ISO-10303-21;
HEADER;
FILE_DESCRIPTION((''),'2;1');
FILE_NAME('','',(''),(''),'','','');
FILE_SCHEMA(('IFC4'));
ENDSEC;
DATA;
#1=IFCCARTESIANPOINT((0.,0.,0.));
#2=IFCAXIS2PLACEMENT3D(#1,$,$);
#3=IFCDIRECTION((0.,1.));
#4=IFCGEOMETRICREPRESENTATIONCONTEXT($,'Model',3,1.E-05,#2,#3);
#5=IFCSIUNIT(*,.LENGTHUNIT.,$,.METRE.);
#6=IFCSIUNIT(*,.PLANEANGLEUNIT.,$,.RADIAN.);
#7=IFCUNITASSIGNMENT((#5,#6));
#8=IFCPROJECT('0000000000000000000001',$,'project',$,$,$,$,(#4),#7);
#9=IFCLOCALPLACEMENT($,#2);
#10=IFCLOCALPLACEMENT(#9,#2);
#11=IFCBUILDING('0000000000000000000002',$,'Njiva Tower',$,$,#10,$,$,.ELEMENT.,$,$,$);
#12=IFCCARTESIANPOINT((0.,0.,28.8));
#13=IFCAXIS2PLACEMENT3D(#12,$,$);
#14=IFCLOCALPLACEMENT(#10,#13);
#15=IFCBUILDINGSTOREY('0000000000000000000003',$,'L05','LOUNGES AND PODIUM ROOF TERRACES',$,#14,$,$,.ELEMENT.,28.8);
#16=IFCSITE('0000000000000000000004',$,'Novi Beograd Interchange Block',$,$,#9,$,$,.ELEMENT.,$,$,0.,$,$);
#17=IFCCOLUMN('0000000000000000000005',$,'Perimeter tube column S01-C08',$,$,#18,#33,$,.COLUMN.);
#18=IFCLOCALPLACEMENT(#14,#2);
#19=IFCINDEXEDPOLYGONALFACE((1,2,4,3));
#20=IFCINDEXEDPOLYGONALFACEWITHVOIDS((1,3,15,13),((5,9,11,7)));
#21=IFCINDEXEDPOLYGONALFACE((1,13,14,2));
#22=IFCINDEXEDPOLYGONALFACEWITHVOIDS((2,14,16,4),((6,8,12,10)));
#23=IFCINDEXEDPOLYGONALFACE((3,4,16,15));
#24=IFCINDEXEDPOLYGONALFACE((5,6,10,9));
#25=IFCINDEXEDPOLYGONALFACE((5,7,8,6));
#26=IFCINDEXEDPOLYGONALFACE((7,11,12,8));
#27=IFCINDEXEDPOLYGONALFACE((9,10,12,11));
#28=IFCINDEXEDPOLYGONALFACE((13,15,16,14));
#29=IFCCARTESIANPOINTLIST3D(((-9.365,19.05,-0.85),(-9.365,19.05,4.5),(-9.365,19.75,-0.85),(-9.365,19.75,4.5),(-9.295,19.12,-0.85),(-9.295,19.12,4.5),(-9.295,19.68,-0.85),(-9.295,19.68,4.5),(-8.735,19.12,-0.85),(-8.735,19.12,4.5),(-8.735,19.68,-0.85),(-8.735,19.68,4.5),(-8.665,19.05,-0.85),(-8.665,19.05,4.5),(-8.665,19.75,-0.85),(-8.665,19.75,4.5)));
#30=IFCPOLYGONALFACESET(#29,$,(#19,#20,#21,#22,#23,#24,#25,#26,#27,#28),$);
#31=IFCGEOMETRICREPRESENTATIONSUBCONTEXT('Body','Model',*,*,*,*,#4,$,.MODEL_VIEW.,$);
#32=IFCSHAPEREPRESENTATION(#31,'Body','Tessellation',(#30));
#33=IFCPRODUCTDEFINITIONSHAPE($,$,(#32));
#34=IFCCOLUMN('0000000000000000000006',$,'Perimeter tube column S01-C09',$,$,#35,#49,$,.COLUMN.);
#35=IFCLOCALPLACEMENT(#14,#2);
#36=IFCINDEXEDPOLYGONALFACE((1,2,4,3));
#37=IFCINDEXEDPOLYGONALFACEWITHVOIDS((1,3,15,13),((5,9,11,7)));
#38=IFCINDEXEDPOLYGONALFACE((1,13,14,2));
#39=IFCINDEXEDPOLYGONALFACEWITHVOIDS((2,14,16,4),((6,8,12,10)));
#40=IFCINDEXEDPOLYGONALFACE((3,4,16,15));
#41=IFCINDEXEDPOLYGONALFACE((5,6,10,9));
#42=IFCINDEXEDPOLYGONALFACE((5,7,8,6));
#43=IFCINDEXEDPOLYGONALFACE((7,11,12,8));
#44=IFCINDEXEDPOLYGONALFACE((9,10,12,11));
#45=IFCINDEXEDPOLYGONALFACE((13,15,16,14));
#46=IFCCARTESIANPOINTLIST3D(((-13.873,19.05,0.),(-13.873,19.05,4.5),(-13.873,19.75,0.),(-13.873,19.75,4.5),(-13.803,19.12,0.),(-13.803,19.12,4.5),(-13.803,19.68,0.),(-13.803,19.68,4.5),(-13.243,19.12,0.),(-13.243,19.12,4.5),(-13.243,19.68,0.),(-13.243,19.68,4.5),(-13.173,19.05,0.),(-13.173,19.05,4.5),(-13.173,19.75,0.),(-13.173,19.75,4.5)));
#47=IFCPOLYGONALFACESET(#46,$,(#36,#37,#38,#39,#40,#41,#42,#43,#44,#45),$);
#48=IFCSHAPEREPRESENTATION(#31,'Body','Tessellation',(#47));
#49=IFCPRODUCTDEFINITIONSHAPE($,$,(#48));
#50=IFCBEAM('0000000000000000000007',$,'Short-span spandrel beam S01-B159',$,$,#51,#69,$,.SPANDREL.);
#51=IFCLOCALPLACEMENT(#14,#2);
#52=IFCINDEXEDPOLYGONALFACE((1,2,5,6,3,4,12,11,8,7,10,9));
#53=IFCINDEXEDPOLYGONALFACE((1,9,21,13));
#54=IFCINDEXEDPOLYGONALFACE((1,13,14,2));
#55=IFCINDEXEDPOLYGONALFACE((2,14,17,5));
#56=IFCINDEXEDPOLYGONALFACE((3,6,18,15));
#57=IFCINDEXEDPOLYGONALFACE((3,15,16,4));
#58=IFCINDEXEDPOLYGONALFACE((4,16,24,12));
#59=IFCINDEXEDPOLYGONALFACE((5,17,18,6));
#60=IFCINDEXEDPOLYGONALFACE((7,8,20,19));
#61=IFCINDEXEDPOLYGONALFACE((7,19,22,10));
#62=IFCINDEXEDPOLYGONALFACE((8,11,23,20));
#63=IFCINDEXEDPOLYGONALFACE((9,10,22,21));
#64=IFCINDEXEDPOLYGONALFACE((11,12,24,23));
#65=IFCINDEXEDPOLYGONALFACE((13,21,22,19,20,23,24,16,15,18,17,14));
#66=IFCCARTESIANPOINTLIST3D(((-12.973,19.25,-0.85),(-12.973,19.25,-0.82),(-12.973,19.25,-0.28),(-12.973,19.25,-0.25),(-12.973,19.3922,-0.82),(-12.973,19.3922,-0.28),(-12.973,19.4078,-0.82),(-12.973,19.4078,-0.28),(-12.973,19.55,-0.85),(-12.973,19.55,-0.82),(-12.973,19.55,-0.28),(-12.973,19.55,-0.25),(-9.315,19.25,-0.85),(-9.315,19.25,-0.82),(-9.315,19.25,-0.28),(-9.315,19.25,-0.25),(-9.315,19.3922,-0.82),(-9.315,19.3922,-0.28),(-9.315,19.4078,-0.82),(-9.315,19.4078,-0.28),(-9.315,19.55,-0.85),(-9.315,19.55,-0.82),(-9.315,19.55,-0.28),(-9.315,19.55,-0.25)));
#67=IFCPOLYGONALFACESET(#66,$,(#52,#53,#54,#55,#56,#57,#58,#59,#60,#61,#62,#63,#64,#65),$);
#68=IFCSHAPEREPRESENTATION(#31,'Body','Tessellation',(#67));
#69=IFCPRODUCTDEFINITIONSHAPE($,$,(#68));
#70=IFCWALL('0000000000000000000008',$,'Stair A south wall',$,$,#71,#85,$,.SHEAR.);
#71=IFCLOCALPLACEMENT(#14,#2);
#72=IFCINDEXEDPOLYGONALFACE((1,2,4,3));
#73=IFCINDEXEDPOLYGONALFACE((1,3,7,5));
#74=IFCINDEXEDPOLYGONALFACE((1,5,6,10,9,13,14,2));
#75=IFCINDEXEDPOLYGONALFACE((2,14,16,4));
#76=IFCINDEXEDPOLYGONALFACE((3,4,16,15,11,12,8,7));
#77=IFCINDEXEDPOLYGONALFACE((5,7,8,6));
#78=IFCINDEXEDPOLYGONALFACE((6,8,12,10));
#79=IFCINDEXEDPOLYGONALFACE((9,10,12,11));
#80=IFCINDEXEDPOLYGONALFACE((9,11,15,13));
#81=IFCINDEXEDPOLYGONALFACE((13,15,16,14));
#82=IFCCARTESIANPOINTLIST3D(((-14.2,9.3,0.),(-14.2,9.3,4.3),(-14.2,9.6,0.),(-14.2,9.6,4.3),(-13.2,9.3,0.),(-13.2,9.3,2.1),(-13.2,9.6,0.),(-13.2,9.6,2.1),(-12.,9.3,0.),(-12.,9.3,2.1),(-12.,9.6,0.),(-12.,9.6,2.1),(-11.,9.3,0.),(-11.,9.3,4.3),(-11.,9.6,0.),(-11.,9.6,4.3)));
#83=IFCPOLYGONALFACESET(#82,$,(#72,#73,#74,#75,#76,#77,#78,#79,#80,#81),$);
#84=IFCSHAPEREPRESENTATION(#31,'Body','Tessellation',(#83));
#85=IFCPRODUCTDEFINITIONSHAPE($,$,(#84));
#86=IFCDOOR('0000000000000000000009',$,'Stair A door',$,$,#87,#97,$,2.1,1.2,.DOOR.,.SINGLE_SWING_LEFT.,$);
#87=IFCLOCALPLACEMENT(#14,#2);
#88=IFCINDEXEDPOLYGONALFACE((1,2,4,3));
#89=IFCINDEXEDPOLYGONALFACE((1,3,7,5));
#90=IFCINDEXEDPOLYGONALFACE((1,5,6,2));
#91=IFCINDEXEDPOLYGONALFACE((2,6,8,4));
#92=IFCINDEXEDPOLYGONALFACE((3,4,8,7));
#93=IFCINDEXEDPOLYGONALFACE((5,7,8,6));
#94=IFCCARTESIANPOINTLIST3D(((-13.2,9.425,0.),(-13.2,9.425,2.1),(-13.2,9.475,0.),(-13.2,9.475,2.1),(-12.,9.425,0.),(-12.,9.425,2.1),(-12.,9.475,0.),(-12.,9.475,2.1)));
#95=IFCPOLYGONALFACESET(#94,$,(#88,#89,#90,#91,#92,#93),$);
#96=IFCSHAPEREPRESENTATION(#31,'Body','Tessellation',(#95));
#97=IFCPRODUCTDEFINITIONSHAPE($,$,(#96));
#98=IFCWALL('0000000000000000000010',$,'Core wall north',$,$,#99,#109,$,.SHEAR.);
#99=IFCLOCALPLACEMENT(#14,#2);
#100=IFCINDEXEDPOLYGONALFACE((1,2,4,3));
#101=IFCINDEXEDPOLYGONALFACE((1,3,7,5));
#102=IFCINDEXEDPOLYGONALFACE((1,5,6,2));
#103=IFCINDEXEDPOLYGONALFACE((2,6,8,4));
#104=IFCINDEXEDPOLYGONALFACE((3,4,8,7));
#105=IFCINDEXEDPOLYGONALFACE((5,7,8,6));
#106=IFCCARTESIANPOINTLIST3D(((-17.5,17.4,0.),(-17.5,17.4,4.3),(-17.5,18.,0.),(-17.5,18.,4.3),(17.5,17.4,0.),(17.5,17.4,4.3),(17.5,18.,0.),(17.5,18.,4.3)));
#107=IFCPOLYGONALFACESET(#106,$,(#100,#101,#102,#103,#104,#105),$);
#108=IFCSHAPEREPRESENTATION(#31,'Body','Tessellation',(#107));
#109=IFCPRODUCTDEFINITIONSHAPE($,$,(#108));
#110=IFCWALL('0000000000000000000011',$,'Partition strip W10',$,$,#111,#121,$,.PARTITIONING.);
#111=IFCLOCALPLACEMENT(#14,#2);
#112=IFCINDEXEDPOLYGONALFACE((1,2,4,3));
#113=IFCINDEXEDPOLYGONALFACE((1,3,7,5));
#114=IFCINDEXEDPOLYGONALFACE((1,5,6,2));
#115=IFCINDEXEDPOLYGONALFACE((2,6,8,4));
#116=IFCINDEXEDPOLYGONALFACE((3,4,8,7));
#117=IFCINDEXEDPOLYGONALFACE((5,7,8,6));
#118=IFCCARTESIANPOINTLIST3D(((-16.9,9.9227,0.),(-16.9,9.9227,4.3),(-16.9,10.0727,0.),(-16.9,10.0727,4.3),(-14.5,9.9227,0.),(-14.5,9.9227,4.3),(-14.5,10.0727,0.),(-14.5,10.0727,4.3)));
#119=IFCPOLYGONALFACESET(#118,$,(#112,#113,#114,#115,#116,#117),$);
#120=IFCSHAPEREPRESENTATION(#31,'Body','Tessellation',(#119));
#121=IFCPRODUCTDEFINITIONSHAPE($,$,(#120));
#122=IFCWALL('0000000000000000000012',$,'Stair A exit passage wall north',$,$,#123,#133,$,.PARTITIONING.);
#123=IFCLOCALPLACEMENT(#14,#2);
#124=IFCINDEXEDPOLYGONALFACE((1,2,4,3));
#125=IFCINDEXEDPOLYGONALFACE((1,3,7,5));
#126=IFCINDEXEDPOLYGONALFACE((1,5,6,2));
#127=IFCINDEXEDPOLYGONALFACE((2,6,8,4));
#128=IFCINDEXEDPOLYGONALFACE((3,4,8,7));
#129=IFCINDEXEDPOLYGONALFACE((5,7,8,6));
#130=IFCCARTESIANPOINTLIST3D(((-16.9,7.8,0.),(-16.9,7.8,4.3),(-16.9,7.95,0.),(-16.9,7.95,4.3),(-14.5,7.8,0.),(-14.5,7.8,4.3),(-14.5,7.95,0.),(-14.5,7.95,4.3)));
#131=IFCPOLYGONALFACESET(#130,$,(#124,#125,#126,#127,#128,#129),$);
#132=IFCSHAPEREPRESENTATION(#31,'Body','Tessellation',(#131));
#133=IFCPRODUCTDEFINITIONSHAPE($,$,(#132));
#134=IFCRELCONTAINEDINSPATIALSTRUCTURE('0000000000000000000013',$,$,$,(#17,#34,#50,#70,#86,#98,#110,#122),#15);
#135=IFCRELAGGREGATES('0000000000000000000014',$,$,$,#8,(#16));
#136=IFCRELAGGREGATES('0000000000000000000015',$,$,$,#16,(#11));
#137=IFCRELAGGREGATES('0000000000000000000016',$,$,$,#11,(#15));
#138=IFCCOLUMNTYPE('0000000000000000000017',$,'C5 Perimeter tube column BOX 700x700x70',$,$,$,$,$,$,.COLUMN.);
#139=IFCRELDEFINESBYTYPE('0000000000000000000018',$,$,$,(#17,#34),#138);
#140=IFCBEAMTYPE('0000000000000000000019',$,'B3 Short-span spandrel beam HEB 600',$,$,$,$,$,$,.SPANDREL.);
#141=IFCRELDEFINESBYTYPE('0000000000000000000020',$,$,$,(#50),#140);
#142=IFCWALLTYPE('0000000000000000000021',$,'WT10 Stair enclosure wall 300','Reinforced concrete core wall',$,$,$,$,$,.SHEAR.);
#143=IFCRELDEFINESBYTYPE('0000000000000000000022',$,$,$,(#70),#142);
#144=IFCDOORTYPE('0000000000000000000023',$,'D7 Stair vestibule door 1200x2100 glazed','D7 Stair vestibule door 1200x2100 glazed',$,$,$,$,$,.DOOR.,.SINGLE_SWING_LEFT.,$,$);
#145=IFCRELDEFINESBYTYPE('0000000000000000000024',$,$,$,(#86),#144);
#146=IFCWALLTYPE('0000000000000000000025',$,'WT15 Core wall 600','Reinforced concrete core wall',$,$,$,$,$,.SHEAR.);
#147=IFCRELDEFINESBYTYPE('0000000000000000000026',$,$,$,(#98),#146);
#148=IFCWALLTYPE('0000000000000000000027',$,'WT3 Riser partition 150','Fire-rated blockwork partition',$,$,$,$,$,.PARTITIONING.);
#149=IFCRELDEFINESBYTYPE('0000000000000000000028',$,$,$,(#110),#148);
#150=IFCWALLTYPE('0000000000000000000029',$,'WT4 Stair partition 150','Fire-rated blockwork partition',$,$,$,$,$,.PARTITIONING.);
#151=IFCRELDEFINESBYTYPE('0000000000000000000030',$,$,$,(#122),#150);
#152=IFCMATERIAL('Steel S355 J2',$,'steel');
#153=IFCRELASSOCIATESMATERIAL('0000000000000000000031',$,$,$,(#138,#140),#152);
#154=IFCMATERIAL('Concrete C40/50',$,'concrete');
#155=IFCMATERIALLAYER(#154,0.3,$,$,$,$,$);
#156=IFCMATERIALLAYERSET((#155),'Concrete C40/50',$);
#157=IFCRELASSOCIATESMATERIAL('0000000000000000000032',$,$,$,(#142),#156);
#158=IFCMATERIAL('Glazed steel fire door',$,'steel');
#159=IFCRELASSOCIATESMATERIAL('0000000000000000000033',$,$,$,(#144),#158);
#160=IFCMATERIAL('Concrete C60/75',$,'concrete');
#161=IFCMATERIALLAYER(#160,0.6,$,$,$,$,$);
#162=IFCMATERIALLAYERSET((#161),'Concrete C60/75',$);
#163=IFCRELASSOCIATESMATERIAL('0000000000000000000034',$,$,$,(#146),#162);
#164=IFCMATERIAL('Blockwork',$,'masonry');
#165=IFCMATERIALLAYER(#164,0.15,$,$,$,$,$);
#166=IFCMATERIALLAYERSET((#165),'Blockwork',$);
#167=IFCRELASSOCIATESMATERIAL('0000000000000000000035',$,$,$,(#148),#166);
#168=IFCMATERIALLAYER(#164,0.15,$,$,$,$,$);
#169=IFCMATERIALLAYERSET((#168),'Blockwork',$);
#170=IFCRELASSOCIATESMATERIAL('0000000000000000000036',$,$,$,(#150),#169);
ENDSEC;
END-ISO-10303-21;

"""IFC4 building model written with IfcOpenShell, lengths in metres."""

from ifc_helpers import new_model, si_unit, direction, frame, frame_2d, origin, origin_2d, place, context, subcontext, project, spatial, rectangle, hollow_rectangle, i_section, extrude, material, layer, layer_set, material_profile, profile_set, type_object, element, fill, save


model = new_model("IFC4")

# Units and contexts
model_context = context("Model", 3, precision=1e-05, world=origin(), true_north=direction((0.0, 1.0)))
body_context = subcontext(model_context, "Body", "Model", "MODEL_VIEW")
ifc_project = project(units=[si_unit("LENGTHUNIT", "METRE"), si_unit("PLANEANGLEUNIT", "RADIAN")], contexts=[model_context])

# Site, building, storey
site_placement = place(None, origin())
site = spatial("IfcSite", under=ifc_project, at=site_placement, Name="Novi Beograd Interchange Block", CompositionType="ELEMENT", RefElevation=0.0)
building_placement = place(site_placement, origin())
building = spatial("IfcBuilding", under=site, at=building_placement, Name="Njiva Tower", CompositionType="ELEMENT")
storey_placement = place(building_placement, frame((0.0, 0.0, 28.8)))
storey = spatial("IfcBuildingStorey", under=building, at=storey_placement, Name="L05", Description="LOUNGES AND PODIUM ROOF TERRACES", CompositionType="ELEMENT", Elevation=28.8)

# Columns
ifc_material_1 = material(Name="Steel S355 J2", Category="steel")
ifc_material_profile_1 = material_profile(ifc_material_1, hollow_rectangle(XDim=0.7, YDim=0.7, WallThickness=0.07, at=origin_2d()), Name="BOX 700x700x70")
ifc_profile_set_1 = profile_set([ifc_material_profile_1], Name="Steel S355 J2")
column_type = type_object("IfcColumnType", Name="C5 Perimeter tube column BOX 700x700x70", PredefinedType="COLUMN", material=ifc_profile_set_1)
column_1_placement = place(storey_placement, frame((-9.015, 19.4, -0.85), z_axis=(0.0, 0.0, 1.0), x_axis=(-1.0, 0.0, 0.0)))
element("IfcColumn", 1, at=column_1_placement, inside=storey, type_object=column_type, Name="Perimeter tube column S01-C08", PredefinedType="COLUMN", context=body_context, shape_type="SweptSolid", body=[
    extrude(hollow_rectangle(XDim=0.7, YDim=0.7, WallThickness=0.07, at=origin_2d()), origin(), (0.0, 0.0, 1.0), 5.35),
])
column_2_placement = place(storey_placement, frame((-13.523, 19.4, 0.0), z_axis=(0.0, 0.0, 1.0), x_axis=(-1.0, 0.0, 0.0)))
element("IfcColumn", 2, at=column_2_placement, inside=storey, type_object=column_type, Name="Perimeter tube column S01-C09", PredefinedType="COLUMN", context=body_context, shape_type="SweptSolid", body=[
    extrude(hollow_rectangle(XDim=0.7, YDim=0.7, WallThickness=0.07, at=origin_2d()), origin(), (0.0, 0.0, 1.0), 4.5),
])

# Beam
ifc_material_profile_2 = material_profile(ifc_material_1, i_section(OverallWidth=0.3, OverallDepth=0.6, WebThickness=0.0155, FlangeThickness=0.03, at=origin_2d()), Name="HEB 600")
ifc_profile_set_2 = profile_set([ifc_material_profile_2], Name="Steel S355 J2")
beam_type = type_object("IfcBeamType", Name="B3 Short-span spandrel beam HEB 600", PredefinedType="SPANDREL", material=ifc_profile_set_2)
beam_placement = place(storey_placement, frame((-12.973, 19.4, -0.55), z_axis=(1.0, 0.0, 0.0), x_axis=(0.0, 1.0, 0.0)))
element("IfcBeam", 3, at=beam_placement, inside=storey, type_object=beam_type, Name="Short-span spandrel beam S01-B159", PredefinedType="SPANDREL", context=body_context, shape_type="SweptSolid", body=[
    extrude(i_section(OverallWidth=0.3, OverallDepth=0.6, WebThickness=0.0155, FlangeThickness=0.03, at=origin_2d()), origin(), (0.0, 0.0, 1.0), 3.658),
])

# Wall, opening, door
ifc_material_2 = material(Name="Concrete C40/50", Category="concrete")
ifc_layer_1 = layer(ifc_material_2, 0.3)
ifc_layer_set_1 = layer_set([ifc_layer_1], Name="Concrete C40/50")
wall_type_1 = type_object("IfcWallType", Name="WT10 Stair enclosure wall 300", Description="Reinforced concrete core wall", PredefinedType="SHEAR", material=ifc_layer_set_1)
wall_1_placement = place(storey_placement, frame((-14.2, 9.45, 0.0), z_axis=(0.0, 0.0, 1.0), x_axis=(1.0, 0.0, 0.0)))
wall_1 = element("IfcWall", 4, at=wall_1_placement, inside=storey, type_object=wall_type_1, Name="Stair A south wall", PredefinedType="SHEAR", context=body_context, shape_type="SweptSolid", body=[
    extrude(rectangle(XDim=3.2, YDim=0.3, at=frame_2d((1.6, 0.0))), origin(), (0.0, 0.0, 1.0), 4.3),
])
opening_1_placement = place(wall_1_placement, frame((1.0, 0.0, 0.0)))
opening_1 = element("IfcOpeningElement", 5, at=opening_1_placement, cuts=wall_1, PredefinedType="OPENING", context=body_context, shape_type="SweptSolid", body=[
    extrude(rectangle(XDim=1.2, YDim=2.1, at=frame_2d((0.6, 1.05))), frame((0.0, 0.16, 0.0), z_axis=(0.0, -1.0, 0.0), x_axis=(1.0, 0.0, 0.0)), (0.0, 0.0, 1.0), 0.32),
])
ifc_material_3 = material(Name="Glazed steel fire door", Category="steel")
door_type_1 = type_object("IfcDoorType", Name="D7 Stair vestibule door 1200x2100 glazed", Description="D7 Stair vestibule door 1200x2100 glazed", OperationType="SINGLE_SWING_LEFT", PredefinedType="DOOR", material=ifc_material_3)
door_1_placement = place(opening_1_placement, origin())
door_1 = element("IfcDoor", 6, at=door_1_placement, inside=storey, type_object=door_type_1, Name="Stair A door", OperationType="SINGLE_SWING_LEFT", OverallHeight=2.1, OverallWidth=1.2, PredefinedType="DOOR", context=body_context, shape_type="SweptSolid", body=[
    extrude(rectangle(XDim=1.2, YDim=2.1, at=frame_2d((0.6, 1.05))), frame((0.0, 0.025, 0.0), z_axis=(0.0, -1.0, 0.0), x_axis=(1.0, 0.0, 0.0)), (0.0, 0.0, 1.0), 0.05),
])
fill(opening_1, door_1)

# Walls
ifc_material_4 = material(Name="Concrete C60/75", Category="concrete")
ifc_layer_2 = layer(ifc_material_4, 0.6)
ifc_layer_set_2 = layer_set([ifc_layer_2], Name="Concrete C60/75")
wall_type_2 = type_object("IfcWallType", Name="WT15 Core wall 600", Description="Reinforced concrete core wall", PredefinedType="SHEAR", material=ifc_layer_set_2)
wall_2_placement = place(storey_placement, frame((-17.5, 17.7, 0.0), z_axis=(0.0, 0.0, 1.0), x_axis=(1.0, 0.0, 0.0)))
element("IfcWall", 7, at=wall_2_placement, inside=storey, type_object=wall_type_2, Name="Core wall north", PredefinedType="SHEAR", context=body_context, shape_type="SweptSolid", body=[
    extrude(rectangle(XDim=35.0, YDim=0.6, at=frame_2d((17.5, 0.0))), origin(), (0.0, 0.0, 1.0), 4.3),
])
ifc_material_5 = material(Name="Blockwork", Category="masonry")
ifc_layer_3 = layer(ifc_material_5, 0.15)
ifc_layer_set_3 = layer_set([ifc_layer_3], Name="Blockwork")
wall_type_3 = type_object("IfcWallType", Name="WT3 Riser partition 150", Description="Fire-rated blockwork partition", PredefinedType="PARTITIONING", material=ifc_layer_set_3)
wall_3_placement = place(storey_placement, frame((-16.9, 9.9977, 0.0), z_axis=(0.0, 0.0, 1.0), x_axis=(1.0, 0.0, 0.0)))
element("IfcWall", 8, at=wall_3_placement, inside=storey, type_object=wall_type_3, Name="Partition strip W10", PredefinedType="PARTITIONING", context=body_context, shape_type="SweptSolid", body=[
    extrude(rectangle(XDim=2.4, YDim=0.15, at=frame_2d((1.2, 0.0))), origin(), (0.0, 0.0, 1.0), 4.3),
])
ifc_layer_4 = layer(ifc_material_5, 0.15)
ifc_layer_set_4 = layer_set([ifc_layer_4], Name="Blockwork")
wall_type_4 = type_object("IfcWallType", Name="WT4 Stair partition 150", Description="Fire-rated blockwork partition", PredefinedType="PARTITIONING", material=ifc_layer_set_4)
wall_4_placement = place(storey_placement, frame((-16.9, 7.875, 0.0), z_axis=(0.0, 0.0, 1.0), x_axis=(1.0, 0.0, 0.0)))
element("IfcWall", 9, at=wall_4_placement, inside=storey, type_object=wall_type_4, Name="Stair A exit passage wall north", PredefinedType="PARTITIONING", context=body_context, shape_type="SweptSolid", body=[
    extrude(rectangle(XDim=2.4, YDim=0.15, at=frame_2d((1.2, 0.0))), origin(), (0.0, 0.0, 1.0), 4.3),
])

save(model, "model.ifc")
